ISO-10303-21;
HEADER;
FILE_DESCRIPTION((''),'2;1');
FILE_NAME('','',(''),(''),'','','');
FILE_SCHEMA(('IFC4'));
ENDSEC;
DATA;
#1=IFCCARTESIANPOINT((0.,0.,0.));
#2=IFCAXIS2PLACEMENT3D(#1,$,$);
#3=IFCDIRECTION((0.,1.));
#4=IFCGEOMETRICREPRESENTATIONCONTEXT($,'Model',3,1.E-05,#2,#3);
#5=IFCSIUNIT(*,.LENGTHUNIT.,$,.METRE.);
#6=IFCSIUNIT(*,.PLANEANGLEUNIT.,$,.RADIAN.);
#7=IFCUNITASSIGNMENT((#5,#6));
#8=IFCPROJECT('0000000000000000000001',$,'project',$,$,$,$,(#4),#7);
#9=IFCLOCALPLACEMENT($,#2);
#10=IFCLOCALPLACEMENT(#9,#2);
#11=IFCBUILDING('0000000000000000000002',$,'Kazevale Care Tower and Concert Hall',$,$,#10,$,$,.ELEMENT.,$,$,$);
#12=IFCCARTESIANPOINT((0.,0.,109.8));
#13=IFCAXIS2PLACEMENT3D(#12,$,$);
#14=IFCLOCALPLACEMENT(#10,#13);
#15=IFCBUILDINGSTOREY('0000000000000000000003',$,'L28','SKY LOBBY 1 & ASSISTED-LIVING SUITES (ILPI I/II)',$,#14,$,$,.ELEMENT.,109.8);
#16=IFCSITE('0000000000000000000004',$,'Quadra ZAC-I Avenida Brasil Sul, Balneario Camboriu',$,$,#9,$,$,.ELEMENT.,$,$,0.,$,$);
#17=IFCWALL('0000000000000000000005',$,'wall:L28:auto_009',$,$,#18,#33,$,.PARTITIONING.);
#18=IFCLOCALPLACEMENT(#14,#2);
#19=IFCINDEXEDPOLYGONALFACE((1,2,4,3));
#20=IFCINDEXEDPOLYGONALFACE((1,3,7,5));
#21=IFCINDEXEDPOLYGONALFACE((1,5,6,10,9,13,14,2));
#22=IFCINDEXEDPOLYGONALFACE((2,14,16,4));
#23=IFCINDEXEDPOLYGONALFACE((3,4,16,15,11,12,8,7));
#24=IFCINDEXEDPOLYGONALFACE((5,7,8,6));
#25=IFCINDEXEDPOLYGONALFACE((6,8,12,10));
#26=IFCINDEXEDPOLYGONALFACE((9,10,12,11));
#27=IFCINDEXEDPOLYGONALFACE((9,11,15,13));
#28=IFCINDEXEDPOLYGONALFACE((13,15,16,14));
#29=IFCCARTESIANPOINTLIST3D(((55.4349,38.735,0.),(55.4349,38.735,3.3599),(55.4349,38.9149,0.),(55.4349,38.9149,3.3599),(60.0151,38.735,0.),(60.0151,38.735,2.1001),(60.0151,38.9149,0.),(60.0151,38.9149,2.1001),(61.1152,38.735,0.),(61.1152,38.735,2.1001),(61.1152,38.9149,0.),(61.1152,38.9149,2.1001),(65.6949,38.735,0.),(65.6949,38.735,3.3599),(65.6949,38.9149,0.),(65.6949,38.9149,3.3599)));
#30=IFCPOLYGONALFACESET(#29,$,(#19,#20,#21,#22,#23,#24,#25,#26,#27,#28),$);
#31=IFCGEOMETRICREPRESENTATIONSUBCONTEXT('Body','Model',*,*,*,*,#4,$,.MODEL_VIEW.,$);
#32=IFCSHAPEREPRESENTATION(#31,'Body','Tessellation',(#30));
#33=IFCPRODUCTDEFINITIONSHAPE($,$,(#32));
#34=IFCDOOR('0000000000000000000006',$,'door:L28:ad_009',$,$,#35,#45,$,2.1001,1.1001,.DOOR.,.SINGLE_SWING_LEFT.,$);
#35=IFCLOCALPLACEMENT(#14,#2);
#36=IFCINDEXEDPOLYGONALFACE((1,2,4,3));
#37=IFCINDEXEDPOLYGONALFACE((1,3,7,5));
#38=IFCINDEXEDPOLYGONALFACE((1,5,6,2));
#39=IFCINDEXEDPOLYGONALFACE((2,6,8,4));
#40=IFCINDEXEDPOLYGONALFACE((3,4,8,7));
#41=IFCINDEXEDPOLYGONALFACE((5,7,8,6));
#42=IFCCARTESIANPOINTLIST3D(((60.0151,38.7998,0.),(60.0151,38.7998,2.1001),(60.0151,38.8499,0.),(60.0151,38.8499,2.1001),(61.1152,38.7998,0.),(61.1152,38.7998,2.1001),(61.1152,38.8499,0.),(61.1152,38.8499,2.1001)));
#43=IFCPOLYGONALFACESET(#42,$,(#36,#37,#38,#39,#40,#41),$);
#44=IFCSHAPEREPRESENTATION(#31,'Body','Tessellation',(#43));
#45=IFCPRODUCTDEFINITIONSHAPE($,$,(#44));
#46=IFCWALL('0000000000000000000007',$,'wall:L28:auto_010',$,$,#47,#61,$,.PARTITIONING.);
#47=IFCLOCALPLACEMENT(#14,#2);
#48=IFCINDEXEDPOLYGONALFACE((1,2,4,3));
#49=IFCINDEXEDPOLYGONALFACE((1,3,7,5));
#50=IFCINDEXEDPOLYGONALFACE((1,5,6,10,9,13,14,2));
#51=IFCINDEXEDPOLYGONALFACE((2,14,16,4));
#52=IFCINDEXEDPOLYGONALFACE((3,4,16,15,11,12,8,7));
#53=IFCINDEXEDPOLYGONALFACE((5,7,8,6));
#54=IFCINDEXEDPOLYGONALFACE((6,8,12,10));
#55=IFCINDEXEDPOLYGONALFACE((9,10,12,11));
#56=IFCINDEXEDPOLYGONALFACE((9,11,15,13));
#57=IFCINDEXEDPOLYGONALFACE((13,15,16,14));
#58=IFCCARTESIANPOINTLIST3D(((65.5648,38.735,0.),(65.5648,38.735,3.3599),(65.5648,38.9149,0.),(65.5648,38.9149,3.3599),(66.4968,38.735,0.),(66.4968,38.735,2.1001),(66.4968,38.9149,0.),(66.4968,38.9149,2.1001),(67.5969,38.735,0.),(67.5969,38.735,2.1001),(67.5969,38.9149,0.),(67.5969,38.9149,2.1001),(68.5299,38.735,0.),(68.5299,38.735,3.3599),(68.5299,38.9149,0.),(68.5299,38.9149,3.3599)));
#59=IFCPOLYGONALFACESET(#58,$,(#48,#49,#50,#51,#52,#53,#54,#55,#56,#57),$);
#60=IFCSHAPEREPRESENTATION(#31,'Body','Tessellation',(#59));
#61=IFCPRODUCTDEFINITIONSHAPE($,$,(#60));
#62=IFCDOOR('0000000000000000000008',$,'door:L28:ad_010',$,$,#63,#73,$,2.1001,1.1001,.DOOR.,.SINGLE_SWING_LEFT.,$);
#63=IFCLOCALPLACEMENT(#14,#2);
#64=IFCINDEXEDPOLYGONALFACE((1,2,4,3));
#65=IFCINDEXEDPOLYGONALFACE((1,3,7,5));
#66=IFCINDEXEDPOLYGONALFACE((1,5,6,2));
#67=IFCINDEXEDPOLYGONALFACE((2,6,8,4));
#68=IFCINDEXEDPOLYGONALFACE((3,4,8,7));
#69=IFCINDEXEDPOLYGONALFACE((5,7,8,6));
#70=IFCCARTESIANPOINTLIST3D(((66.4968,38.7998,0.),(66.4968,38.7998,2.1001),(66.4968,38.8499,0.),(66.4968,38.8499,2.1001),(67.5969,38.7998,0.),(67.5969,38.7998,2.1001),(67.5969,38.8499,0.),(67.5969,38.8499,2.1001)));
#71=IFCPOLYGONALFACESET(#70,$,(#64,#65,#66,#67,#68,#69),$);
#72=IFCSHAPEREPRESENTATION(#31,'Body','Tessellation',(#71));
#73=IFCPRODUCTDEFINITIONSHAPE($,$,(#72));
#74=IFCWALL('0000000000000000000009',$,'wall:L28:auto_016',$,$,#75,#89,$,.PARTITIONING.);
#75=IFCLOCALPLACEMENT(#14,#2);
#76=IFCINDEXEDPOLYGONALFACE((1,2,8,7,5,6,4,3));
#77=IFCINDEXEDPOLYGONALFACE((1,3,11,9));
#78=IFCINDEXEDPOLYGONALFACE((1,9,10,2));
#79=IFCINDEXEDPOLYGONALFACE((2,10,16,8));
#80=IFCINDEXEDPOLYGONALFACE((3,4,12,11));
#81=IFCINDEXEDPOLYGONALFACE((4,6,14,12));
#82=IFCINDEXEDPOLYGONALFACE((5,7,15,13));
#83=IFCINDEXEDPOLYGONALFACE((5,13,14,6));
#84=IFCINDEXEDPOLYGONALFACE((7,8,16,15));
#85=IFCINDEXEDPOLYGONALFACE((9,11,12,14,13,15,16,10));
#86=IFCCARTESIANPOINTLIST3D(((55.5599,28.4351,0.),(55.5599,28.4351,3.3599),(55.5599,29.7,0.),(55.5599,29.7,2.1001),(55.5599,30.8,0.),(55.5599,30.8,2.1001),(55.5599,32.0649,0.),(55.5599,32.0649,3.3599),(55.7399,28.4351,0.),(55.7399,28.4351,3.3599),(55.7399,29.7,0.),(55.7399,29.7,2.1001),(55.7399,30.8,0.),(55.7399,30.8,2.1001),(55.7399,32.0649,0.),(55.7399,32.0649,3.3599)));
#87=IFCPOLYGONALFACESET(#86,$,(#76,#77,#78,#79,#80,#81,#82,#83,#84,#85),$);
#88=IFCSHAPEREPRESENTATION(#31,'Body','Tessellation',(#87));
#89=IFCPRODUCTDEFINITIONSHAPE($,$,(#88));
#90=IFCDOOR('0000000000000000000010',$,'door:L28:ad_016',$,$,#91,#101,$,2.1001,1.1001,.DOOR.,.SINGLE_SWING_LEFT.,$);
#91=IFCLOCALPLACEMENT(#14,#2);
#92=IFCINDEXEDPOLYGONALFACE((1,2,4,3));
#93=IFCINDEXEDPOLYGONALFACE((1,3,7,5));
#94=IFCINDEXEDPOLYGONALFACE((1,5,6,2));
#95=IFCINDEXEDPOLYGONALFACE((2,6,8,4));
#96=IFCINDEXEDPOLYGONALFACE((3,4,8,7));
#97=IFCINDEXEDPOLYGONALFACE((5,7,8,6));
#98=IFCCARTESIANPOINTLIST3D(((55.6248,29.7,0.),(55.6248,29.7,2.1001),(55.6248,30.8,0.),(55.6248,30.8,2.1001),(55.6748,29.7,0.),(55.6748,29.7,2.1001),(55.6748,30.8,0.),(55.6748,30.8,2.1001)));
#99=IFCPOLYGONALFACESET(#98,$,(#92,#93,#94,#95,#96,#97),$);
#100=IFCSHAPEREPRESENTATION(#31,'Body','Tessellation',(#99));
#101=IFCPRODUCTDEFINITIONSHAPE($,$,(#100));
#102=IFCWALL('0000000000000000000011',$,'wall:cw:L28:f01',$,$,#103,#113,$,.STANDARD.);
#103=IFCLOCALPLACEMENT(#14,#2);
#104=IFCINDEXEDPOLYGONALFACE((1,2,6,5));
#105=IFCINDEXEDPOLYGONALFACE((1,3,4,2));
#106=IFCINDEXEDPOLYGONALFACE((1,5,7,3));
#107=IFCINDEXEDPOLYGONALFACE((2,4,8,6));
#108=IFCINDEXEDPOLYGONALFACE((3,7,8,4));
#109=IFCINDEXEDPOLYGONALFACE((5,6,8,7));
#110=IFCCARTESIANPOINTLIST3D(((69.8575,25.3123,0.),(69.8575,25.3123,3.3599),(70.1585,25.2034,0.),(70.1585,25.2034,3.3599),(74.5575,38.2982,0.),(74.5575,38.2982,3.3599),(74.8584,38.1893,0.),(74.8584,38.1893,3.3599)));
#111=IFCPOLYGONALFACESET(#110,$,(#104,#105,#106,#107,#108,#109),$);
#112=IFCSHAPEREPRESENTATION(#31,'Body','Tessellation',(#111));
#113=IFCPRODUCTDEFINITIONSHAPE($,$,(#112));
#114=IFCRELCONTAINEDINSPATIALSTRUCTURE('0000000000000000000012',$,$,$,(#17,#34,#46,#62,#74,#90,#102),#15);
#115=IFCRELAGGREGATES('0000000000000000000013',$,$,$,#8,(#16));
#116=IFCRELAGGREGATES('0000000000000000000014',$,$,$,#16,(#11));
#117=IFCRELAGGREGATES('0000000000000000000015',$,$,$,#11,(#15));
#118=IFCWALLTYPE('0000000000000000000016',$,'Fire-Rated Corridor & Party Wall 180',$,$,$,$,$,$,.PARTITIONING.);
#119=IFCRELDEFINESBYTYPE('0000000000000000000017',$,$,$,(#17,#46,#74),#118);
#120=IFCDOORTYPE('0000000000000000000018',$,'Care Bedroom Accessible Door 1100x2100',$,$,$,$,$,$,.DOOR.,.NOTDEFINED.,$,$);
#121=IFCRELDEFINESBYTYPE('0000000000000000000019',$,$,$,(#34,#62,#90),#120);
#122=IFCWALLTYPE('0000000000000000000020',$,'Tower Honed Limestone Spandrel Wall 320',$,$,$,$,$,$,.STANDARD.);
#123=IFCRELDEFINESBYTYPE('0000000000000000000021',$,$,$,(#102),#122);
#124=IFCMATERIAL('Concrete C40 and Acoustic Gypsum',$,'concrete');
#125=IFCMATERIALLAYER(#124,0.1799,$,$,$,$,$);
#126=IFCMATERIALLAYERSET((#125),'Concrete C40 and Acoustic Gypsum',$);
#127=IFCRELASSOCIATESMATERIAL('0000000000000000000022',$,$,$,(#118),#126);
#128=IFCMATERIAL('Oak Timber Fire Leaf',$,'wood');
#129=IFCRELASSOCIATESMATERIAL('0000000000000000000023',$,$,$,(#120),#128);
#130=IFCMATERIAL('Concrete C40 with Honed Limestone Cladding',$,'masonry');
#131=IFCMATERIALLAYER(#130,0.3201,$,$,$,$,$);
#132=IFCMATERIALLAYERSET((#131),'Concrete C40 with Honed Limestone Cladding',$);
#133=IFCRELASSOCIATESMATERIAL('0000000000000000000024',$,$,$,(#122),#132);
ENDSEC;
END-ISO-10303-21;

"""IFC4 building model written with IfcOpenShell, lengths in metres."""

from ifc_helpers import new_model, si_unit, direction, frame, frame_2d, origin, place, context, subcontext, project, spatial, rectangle, extrude, material, layer, layer_set, type_object, element, fill, save


model = new_model("IFC4")

# Units and contexts
model_context = context("Model", 3, precision=1e-05, world=origin(), true_north=direction((0.0, 1.0)))
body_context = subcontext(model_context, "Body", "Model", "MODEL_VIEW")
ifc_project = project(units=[si_unit("LENGTHUNIT", "METRE"), si_unit("PLANEANGLEUNIT", "RADIAN")], contexts=[model_context])

# Site, building, storey
site_placement = place(None, origin())
site = spatial("IfcSite", under=ifc_project, at=site_placement, Name="Quadra ZAC-I Avenida Brasil Sul, Balneario Camboriu", CompositionType="ELEMENT", RefElevation=0.0)
building_placement = place(site_placement, origin())
building = spatial("IfcBuilding", under=site, at=building_placement, Name="Kazevale Care Tower and Concert Hall", CompositionType="ELEMENT")
storey_placement = place(building_placement, frame((0.0, 0.0, 109.8)))
storey = spatial("IfcBuildingStorey", under=building, at=storey_placement, Name="L28", Description="SKY LOBBY 1 & ASSISTED-LIVING SUITES (ILPI I/II)", CompositionType="ELEMENT", Elevation=109.8)

# Walls, openings, doors
ifc_material_1 = material(Name="Concrete C40 and Acoustic Gypsum", Category="concrete")
ifc_layer_1 = layer(ifc_material_1, 0.1799)
ifc_layer_set_1 = layer_set([ifc_layer_1], Name="Concrete C40 and Acoustic Gypsum")
wall_type_1 = type_object("IfcWallType", Name="Fire-Rated Corridor & Party Wall 180", PredefinedType="PARTITIONING", material=ifc_layer_set_1)
ifc_material_2 = material(Name="Oak Timber Fire Leaf", Category="wood")
door_type = type_object("IfcDoorType", Name="Care Bedroom Accessible Door 1100x2100", OperationType="NOTDEFINED", PredefinedType="DOOR", material=ifc_material_2)
wall_1_placement = place(storey_placement, frame((55.4351, 38.825, 0.0), z_axis=(0.0, 0.0, 1.0), x_axis=(1.0, 0.0, 0.0)))
wall_1 = element("IfcWall", 1, at=wall_1_placement, inside=storey, type_object=wall_type_1, Name="wall:L28:auto_009", PredefinedType="PARTITIONING", context=body_context, shape_type="SweptSolid", body=[
    extrude(rectangle(XDim=10.26, YDim=0.1799, at=frame_2d((5.1299, 0.0))), origin(), (0.0, 0.0, 1.0), 3.3599),
])
opening_1_placement = place(wall_1_placement, frame((4.5801, 0.0, 0.0)))
opening_1 = element("IfcOpeningElement", 2, at=opening_1_placement, cuts=wall_1, PredefinedType="OPENING", context=body_context, shape_type="SweptSolid", body=[
    extrude(rectangle(XDim=1.1001, YDim=2.1001, at=frame_2d((0.55, 1.05))), frame((0.0, 0.0999, 0.0), z_axis=(0.0, -1.0, 0.0), x_axis=(1.0, 0.0, 0.0)), (0.0, 0.0, 1.0), 0.2),
])
door_1_placement = place(opening_1_placement, origin())
door_1 = element("IfcDoor", 3, at=door_1_placement, inside=storey, type_object=door_type, Name="door:L28:ad_009", OperationType="SINGLE_SWING_LEFT", OverallHeight=2.1001, OverallWidth=1.1001, PredefinedType="DOOR", context=body_context, shape_type="SweptSolid", body=[
    extrude(rectangle(XDim=1.1001, YDim=2.1001, at=frame_2d((0.55, 1.05))), frame((0.0, 0.0249, 0.0), z_axis=(0.0, -1.0, 0.0), x_axis=(1.0, 0.0, 0.0)), (0.0, 0.0, 1.0), 0.05),
])
fill(opening_1, door_1)
wall_2_placement = place(storey_placement, frame((65.5649, 38.825, 0.0), z_axis=(0.0, 0.0, 1.0), x_axis=(1.0, 0.0, 0.0)))
wall_2 = element("IfcWall", 4, at=wall_2_placement, inside=storey, type_object=wall_type_1, Name="wall:L28:auto_010", PredefinedType="PARTITIONING", context=body_context, shape_type="SweptSolid", body=[
    extrude(rectangle(XDim=2.9651, YDim=0.1799, at=frame_2d((1.4824, 0.0))), origin(), (0.0, 0.0, 1.0), 3.3599),
])
opening_2_placement = place(wall_2_placement, frame((0.9319, 0.0, 0.0)))
opening_2 = element("IfcOpeningElement", 5, at=opening_2_placement, cuts=wall_2, PredefinedType="OPENING", context=body_context, shape_type="SweptSolid", body=[
    extrude(rectangle(XDim=1.1001, YDim=2.1001, at=frame_2d((0.55, 1.05))), frame((0.0, 0.0999, 0.0), z_axis=(0.0, -1.0, 0.0), x_axis=(1.0, 0.0, 0.0)), (0.0, 0.0, 1.0), 0.2),
])
door_2_placement = place(opening_2_placement, origin())
door_2 = element("IfcDoor", 6, at=door_2_placement, inside=storey, type_object=door_type, Name="door:L28:ad_010", OperationType="SINGLE_SWING_LEFT", OverallHeight=2.1001, OverallWidth=1.1001, PredefinedType="DOOR", context=body_context, shape_type="SweptSolid", body=[
    extrude(rectangle(XDim=1.1001, YDim=2.1001, at=frame_2d((0.55, 1.05))), frame((0.0, 0.0249, 0.0), z_axis=(0.0, -1.0, 0.0), x_axis=(1.0, 0.0, 0.0)), (0.0, 0.0, 1.0), 0.05),
])
fill(opening_2, door_2)
wall_3_placement = place(storey_placement, frame((55.6499, 32.0649, 0.0), z_axis=(0.0, 0.0, 1.0), x_axis=(0.0, -1.0, 0.0)))
wall_3 = element("IfcWall", 7, at=wall_3_placement, inside=storey, type_object=wall_type_1, Name="wall:L28:auto_016", PredefinedType="PARTITIONING", context=body_context, shape_type="SweptSolid", body=[
    extrude(rectangle(XDim=3.6299, YDim=0.1799, at=frame_2d((1.8149, 0.0))), origin(), (0.0, 0.0, 1.0), 3.3599),
])
opening_3_placement = place(wall_3_placement, frame((1.2649, 0.0, 0.0)))
opening_3 = element("IfcOpeningElement", 8, at=opening_3_placement, cuts=wall_3, PredefinedType="OPENING", context=body_context, shape_type="SweptSolid", body=[
    extrude(rectangle(XDim=1.1001, YDim=2.1001, at=frame_2d((0.55, 1.05))), frame((0.0, 0.0999, 0.0), z_axis=(0.0, -1.0, 0.0), x_axis=(1.0, 0.0, 0.0)), (0.0, 0.0, 1.0), 0.2),
])
door_3_placement = place(opening_3_placement, origin())
door_3 = element("IfcDoor", 9, at=door_3_placement, inside=storey, type_object=door_type, Name="door:L28:ad_016", OperationType="SINGLE_SWING_LEFT", OverallHeight=2.1001, OverallWidth=1.1001, PredefinedType="DOOR", context=body_context, shape_type="SweptSolid", body=[
    extrude(rectangle(XDim=1.1001, YDim=2.1001, at=frame_2d((0.55, 1.05))), frame((0.0, 0.0249, 0.0), z_axis=(0.0, -1.0, 0.0), x_axis=(1.0, 0.0, 0.0)), (0.0, 0.0, 1.0), 0.05),
])
fill(opening_3, door_3)

# Wall
ifc_material_3 = material(Name="Concrete C40 with Honed Limestone Cladding", Category="masonry")
ifc_layer_2 = layer(ifc_material_3, 0.3201)
ifc_layer_set_2 = layer_set([ifc_layer_2], Name="Concrete C40 with Honed Limestone Cladding")
wall_type_2 = type_object("IfcWallType", Name="Tower Honed Limestone Spandrel Wall 320", PredefinedType="STANDARD", material=ifc_layer_set_2)
wall_4_placement = place(storey_placement, frame((74.708, 38.2439, 0.0), z_axis=(0.0, 0.0, 1.0), x_axis=(-0.340325, -0.940308, 0.0)))
element("IfcWall", 10, at=wall_4_placement, inside=storey, type_object=wall_type_2, Name="wall:cw:L28:f01", PredefinedType="STANDARD", context=body_context, shape_type="SweptSolid", body=[
    extrude(rectangle(XDim=13.8103, YDim=0.3201, at=frame_2d((6.9053, 0.0))), origin(), (0.0, 0.0, 1.0), 3.3599),
])

save(model, "model.ifc")
